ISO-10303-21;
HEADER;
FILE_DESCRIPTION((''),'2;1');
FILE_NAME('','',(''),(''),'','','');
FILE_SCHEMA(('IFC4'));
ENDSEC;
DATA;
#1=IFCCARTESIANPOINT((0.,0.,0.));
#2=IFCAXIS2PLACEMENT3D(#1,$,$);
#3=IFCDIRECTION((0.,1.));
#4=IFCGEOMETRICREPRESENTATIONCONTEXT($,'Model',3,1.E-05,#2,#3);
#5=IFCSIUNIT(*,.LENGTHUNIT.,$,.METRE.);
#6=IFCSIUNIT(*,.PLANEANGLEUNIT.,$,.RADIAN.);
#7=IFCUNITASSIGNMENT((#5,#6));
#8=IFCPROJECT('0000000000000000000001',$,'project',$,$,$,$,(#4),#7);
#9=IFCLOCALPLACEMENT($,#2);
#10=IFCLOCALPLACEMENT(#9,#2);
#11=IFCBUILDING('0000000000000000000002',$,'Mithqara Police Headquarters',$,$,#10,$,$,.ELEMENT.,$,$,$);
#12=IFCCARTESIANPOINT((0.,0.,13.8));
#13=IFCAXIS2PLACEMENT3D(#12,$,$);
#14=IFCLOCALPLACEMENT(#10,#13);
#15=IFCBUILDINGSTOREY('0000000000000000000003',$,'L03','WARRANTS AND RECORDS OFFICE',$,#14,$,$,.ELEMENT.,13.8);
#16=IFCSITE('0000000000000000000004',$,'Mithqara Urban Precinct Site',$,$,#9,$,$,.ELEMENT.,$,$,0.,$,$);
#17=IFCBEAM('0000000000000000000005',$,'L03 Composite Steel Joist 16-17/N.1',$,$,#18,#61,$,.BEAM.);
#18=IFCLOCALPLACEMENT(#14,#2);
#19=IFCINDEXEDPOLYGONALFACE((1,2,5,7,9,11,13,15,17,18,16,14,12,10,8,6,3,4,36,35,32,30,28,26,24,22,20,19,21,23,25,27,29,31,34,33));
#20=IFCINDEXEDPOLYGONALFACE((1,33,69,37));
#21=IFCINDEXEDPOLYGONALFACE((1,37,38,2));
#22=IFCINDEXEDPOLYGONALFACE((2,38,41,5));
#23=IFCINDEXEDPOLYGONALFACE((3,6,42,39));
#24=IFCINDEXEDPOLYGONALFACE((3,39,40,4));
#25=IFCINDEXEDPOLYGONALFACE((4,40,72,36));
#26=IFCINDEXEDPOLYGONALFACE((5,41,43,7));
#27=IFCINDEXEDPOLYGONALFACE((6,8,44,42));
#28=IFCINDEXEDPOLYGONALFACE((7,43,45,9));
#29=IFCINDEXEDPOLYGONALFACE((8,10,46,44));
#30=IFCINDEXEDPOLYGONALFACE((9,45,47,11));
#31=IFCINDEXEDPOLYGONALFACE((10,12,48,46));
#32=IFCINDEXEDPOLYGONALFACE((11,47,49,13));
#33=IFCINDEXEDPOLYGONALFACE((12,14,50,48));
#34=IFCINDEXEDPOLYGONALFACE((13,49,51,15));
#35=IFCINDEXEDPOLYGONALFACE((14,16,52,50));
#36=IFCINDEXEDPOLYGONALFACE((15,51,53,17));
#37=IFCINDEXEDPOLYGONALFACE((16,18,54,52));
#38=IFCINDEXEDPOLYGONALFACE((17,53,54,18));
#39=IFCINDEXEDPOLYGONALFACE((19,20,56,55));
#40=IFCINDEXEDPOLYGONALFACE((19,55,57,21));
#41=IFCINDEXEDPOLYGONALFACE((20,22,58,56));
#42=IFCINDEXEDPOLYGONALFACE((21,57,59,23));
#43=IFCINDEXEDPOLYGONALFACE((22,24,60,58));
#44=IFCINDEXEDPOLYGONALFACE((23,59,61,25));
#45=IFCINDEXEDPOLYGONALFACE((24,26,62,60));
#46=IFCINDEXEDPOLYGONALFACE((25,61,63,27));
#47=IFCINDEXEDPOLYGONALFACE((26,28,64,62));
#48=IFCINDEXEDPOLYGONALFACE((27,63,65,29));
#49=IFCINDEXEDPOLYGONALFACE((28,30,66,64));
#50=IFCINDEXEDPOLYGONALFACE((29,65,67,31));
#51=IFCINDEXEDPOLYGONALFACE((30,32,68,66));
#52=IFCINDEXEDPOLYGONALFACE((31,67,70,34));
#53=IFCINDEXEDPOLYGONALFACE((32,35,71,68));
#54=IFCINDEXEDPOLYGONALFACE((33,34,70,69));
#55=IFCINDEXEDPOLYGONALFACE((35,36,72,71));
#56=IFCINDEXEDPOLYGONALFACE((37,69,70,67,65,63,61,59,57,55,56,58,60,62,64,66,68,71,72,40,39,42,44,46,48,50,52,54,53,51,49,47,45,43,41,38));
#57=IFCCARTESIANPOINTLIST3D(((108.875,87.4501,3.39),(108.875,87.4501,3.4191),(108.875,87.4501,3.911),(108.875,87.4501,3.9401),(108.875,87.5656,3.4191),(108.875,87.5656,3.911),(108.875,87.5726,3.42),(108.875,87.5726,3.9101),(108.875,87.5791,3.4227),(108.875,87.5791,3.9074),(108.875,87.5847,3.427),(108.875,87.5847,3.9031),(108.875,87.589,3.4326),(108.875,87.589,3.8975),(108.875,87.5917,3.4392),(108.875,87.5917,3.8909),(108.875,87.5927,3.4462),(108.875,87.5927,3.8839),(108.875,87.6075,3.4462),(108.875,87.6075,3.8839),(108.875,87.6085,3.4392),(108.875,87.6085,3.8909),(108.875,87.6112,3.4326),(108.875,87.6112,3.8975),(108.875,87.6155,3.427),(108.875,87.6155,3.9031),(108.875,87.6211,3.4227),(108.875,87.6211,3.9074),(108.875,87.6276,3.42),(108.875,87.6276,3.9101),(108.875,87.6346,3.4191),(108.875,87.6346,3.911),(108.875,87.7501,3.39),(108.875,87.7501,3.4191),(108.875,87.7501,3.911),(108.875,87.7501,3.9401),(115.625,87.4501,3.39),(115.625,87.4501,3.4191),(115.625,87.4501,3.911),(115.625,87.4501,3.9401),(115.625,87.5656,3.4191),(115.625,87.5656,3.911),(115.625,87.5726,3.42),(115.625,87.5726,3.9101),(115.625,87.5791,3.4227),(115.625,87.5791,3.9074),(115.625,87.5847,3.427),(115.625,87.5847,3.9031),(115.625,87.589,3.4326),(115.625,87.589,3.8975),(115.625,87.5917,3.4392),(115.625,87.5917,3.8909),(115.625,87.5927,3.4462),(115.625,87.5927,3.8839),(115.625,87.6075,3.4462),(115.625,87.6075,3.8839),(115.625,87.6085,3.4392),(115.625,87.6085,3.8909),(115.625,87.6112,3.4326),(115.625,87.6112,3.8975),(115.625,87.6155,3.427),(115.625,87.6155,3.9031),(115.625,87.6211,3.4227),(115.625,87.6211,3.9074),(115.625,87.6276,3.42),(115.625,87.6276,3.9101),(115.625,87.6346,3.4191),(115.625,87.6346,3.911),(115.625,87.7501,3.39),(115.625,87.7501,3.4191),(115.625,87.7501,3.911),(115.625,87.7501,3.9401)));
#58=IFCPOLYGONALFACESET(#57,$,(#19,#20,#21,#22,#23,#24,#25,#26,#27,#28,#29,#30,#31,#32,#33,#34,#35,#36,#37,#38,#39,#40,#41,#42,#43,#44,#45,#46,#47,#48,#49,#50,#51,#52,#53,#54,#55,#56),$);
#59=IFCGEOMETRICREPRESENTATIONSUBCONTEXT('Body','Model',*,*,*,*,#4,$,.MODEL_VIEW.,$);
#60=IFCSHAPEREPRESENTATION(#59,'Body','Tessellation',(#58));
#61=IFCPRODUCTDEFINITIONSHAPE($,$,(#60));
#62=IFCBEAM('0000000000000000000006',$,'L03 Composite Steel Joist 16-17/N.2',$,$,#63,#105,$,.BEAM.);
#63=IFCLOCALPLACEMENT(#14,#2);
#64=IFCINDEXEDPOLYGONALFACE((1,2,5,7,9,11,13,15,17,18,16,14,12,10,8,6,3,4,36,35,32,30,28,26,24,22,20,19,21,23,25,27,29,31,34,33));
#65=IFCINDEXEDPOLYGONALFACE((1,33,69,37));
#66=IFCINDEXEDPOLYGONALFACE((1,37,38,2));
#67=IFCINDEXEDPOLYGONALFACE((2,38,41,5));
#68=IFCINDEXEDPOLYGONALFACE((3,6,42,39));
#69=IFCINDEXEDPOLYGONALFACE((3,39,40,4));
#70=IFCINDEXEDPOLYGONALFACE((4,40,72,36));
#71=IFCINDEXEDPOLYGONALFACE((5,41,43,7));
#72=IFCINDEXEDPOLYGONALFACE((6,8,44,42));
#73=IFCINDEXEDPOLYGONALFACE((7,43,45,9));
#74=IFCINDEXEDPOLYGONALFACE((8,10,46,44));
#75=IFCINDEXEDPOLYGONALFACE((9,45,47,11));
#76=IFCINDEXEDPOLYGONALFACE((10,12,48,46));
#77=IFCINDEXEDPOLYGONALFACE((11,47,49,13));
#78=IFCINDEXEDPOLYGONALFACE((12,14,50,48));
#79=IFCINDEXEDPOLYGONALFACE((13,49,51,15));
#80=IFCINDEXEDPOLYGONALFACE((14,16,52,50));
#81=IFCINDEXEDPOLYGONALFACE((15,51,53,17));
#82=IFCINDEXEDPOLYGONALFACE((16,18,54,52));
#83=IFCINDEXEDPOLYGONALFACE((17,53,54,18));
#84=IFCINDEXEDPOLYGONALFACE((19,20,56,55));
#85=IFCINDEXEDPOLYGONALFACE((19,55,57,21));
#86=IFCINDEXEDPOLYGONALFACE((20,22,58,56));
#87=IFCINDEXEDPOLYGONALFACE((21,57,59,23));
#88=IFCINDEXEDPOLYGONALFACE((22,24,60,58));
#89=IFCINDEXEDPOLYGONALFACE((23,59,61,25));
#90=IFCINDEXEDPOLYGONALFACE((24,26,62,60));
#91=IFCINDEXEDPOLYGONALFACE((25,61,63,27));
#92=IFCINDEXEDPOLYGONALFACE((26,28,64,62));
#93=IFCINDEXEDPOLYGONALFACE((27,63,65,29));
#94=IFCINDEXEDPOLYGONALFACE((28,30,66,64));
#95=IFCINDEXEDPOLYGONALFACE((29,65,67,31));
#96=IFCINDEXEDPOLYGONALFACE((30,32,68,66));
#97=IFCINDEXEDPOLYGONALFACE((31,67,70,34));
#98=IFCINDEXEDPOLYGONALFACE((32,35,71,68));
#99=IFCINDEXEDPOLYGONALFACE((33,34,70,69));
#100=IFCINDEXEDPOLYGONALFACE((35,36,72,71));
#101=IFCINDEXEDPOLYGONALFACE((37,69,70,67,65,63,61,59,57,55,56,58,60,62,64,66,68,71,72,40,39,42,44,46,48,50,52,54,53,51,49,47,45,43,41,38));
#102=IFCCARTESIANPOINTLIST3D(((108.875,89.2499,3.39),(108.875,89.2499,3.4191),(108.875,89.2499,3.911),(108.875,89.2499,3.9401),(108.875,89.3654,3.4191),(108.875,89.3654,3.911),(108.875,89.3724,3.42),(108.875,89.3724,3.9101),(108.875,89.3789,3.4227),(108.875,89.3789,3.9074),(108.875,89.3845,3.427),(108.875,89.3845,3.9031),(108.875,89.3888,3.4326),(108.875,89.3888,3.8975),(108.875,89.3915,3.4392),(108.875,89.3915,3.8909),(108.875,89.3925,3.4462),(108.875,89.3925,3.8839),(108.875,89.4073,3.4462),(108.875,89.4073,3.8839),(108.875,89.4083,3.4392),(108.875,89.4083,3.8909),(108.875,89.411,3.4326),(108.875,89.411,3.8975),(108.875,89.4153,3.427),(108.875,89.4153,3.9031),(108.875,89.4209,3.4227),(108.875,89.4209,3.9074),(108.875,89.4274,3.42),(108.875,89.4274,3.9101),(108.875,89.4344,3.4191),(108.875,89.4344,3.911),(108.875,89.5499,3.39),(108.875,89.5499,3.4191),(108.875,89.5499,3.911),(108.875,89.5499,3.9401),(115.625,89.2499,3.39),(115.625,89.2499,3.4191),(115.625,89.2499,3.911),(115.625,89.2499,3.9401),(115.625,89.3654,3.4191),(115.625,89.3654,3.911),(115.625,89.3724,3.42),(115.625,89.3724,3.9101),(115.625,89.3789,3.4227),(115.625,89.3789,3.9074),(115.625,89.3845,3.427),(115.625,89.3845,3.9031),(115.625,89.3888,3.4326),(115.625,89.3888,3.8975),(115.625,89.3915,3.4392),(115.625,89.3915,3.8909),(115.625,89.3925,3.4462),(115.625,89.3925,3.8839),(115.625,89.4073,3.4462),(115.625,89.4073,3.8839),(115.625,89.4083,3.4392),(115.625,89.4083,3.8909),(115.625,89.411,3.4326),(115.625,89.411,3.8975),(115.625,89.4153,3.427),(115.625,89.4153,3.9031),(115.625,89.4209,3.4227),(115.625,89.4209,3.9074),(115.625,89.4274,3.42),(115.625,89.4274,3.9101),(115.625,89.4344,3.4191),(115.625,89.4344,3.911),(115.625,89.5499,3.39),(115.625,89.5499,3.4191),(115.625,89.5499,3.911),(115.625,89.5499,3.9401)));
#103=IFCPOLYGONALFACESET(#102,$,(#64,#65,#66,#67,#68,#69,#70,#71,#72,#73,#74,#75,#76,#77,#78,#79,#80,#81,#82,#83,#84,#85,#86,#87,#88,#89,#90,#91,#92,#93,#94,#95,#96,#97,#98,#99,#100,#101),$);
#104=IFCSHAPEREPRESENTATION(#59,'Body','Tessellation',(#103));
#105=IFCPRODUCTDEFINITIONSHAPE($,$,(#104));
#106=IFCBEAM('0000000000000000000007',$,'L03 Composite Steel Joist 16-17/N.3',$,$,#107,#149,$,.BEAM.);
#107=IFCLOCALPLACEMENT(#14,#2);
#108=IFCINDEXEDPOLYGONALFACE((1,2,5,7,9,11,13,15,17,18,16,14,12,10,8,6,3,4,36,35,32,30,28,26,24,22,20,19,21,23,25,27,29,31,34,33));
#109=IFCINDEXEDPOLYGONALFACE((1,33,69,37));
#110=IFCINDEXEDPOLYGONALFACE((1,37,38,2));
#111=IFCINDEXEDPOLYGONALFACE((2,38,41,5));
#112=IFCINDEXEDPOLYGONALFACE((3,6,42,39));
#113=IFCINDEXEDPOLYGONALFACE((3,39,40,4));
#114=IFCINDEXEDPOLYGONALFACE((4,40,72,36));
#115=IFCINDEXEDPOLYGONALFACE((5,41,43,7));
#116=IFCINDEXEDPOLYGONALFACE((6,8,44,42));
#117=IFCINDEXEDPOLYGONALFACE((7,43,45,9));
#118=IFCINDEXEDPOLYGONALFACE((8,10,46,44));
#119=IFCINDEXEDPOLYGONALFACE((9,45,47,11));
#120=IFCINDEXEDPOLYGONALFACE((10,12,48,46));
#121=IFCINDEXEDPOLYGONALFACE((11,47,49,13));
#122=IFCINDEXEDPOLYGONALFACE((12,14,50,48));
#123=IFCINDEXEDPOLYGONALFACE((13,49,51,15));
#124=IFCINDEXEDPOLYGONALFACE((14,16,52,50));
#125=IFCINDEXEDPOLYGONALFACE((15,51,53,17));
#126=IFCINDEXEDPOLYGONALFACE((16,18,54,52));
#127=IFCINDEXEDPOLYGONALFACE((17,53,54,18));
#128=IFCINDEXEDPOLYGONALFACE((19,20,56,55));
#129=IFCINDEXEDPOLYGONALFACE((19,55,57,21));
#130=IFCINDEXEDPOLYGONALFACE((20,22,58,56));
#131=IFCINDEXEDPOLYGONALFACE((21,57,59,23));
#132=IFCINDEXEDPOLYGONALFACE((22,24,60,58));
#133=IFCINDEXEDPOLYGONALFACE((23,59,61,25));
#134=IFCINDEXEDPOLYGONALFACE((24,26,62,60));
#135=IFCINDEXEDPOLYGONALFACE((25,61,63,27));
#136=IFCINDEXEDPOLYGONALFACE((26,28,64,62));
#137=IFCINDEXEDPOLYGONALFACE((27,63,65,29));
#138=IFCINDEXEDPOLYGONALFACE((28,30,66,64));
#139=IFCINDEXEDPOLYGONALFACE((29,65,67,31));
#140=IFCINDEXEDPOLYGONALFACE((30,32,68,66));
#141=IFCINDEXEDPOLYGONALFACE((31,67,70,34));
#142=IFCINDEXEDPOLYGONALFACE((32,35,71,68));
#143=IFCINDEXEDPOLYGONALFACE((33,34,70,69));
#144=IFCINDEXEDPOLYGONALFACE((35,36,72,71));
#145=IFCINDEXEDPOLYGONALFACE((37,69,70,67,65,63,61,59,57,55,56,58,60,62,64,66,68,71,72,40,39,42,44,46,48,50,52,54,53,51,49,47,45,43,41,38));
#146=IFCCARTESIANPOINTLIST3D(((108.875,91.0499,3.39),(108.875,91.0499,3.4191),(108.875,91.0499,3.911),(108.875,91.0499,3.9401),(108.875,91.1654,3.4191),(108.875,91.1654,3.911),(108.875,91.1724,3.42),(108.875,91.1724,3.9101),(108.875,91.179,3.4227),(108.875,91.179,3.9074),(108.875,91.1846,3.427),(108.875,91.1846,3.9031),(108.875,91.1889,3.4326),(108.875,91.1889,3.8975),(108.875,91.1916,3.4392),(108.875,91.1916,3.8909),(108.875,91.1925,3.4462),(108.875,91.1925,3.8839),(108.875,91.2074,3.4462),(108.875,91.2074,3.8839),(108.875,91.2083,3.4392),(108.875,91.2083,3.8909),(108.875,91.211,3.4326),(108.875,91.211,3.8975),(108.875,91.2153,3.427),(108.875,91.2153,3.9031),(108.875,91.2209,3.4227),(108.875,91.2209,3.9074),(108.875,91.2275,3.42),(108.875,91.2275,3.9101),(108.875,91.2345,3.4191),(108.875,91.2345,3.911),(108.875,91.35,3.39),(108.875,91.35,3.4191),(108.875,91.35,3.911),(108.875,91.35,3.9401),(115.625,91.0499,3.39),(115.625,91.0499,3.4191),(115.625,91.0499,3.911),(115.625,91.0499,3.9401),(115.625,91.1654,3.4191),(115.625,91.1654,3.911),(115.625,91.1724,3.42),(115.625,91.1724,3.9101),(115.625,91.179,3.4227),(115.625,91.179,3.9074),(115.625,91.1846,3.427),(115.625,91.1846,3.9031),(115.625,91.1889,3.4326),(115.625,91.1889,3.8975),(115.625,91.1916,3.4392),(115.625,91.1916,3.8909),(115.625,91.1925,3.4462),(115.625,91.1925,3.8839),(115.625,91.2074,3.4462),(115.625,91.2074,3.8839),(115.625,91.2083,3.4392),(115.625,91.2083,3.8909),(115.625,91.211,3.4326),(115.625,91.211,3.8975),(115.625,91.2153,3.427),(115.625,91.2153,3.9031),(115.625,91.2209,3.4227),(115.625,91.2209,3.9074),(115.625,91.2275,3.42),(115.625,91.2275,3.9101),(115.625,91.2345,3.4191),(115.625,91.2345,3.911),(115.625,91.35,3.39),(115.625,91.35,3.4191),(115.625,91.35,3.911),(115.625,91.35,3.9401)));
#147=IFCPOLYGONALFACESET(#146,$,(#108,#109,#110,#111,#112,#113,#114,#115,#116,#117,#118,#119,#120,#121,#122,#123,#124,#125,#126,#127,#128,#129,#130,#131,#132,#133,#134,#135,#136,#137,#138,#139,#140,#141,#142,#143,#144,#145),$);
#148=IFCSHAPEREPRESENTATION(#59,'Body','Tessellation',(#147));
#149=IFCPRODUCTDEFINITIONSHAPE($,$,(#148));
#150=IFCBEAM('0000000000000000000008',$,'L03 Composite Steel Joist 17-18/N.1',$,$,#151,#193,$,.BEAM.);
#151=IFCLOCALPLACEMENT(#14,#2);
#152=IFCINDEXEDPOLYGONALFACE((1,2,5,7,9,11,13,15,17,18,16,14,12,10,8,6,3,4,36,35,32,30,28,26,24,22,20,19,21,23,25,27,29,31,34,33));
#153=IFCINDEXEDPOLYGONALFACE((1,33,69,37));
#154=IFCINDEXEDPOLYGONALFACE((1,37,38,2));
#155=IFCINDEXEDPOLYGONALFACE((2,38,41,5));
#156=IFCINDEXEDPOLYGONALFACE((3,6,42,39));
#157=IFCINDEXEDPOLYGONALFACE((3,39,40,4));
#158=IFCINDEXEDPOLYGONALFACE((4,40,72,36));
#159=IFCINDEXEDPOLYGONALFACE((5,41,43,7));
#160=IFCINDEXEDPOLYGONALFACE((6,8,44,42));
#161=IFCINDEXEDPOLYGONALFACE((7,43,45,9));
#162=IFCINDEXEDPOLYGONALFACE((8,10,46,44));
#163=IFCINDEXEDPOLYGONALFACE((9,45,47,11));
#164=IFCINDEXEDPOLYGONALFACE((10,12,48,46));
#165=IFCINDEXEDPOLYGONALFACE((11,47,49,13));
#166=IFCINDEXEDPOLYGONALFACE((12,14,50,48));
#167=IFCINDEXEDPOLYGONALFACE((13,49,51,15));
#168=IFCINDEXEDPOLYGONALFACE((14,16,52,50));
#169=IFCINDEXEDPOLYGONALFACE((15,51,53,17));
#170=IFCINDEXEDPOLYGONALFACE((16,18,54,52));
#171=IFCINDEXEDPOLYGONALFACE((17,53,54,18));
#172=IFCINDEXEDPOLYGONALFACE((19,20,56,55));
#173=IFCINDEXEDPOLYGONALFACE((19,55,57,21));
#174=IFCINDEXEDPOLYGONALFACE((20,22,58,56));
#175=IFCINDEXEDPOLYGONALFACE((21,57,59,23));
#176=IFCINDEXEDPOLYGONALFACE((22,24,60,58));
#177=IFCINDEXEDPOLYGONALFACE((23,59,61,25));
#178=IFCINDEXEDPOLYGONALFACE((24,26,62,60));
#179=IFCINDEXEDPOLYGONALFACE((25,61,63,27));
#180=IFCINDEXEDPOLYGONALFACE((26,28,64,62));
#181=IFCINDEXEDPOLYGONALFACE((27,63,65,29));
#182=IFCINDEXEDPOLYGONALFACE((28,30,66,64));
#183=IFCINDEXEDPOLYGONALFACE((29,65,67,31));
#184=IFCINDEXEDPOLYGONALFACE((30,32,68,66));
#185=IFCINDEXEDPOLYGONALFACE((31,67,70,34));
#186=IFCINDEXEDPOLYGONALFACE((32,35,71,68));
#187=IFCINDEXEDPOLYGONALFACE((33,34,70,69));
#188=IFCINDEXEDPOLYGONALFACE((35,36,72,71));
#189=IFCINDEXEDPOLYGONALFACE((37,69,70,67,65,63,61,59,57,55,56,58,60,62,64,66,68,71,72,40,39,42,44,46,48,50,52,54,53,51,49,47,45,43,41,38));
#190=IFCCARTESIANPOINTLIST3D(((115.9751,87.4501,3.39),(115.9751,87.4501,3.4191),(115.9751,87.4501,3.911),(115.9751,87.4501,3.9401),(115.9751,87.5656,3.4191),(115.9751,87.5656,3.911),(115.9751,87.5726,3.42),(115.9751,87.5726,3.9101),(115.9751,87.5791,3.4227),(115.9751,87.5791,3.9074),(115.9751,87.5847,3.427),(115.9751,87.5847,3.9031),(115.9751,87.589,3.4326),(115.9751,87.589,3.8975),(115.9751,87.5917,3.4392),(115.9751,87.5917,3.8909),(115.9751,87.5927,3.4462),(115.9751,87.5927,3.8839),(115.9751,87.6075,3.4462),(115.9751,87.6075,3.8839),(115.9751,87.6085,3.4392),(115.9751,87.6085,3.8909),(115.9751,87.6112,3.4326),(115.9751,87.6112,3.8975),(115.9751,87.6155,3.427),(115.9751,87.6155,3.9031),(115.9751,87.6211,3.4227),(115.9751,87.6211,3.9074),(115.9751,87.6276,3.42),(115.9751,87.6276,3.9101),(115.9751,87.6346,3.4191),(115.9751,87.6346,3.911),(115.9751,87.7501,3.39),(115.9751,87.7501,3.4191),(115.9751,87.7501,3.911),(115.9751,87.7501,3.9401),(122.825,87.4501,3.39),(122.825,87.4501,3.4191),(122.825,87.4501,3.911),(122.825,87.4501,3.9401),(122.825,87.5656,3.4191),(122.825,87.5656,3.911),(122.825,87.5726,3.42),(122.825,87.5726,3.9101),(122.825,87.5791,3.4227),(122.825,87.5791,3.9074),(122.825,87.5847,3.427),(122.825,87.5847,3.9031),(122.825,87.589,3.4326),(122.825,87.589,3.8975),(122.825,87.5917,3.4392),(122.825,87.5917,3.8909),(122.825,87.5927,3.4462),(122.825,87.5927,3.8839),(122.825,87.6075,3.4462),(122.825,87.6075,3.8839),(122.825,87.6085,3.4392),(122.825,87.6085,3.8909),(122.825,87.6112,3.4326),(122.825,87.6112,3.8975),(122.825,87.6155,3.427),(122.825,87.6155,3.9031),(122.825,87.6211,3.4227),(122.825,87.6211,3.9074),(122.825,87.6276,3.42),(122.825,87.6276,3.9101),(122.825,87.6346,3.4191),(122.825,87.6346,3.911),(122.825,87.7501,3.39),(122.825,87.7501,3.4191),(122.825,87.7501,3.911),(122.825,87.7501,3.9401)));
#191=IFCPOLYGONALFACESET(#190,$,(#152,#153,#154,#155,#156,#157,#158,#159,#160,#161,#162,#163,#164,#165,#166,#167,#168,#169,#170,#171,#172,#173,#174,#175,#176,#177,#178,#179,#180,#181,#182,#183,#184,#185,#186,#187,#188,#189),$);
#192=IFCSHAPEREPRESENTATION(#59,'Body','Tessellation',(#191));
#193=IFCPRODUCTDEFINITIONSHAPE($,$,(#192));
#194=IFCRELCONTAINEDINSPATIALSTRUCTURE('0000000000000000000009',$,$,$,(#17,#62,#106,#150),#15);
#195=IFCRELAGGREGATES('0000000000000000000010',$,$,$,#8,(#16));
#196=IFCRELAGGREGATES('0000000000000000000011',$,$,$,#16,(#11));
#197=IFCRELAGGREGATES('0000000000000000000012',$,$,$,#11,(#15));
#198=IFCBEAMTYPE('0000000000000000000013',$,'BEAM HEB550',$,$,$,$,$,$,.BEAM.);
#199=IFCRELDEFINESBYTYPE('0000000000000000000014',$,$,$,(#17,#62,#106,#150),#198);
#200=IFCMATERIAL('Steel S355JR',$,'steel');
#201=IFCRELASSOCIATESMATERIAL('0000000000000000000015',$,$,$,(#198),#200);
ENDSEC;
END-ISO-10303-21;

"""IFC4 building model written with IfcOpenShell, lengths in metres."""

from ifc_helpers import new_model, si_unit, direction, frame, origin, origin_2d, place, context, subcontext, project, spatial, i_section, extrude, material, material_profile, profile_set, type_object, element, save


model = new_model("IFC4")

# Units and contexts
model_context = context("Model", 3, precision=1e-05, world=origin(), true_north=direction((0.0, 1.0)))
body_context = subcontext(model_context, "Body", "Model", "MODEL_VIEW")
ifc_project = project(units=[si_unit("LENGTHUNIT", "METRE"), si_unit("PLANEANGLEUNIT", "RADIAN")], contexts=[model_context])

# Site, building, storey
site_placement = place(None, origin())
site = spatial("IfcSite", under=ifc_project, at=site_placement, Name="Mithqara Urban Precinct Site", CompositionType="ELEMENT", RefElevation=0.0)
building_placement = place(site_placement, origin())
building = spatial("IfcBuilding", under=site, at=building_placement, Name="Mithqara Police Headquarters", CompositionType="ELEMENT")
storey_placement = place(building_placement, frame((0.0, 0.0, 13.8)))
storey = spatial("IfcBuildingStorey", under=building, at=storey_placement, Name="L03", Description="WARRANTS AND RECORDS OFFICE", CompositionType="ELEMENT", Elevation=13.8)

# Beams
ifc_material_1 = material(Name="Steel S355JR", Category="steel")
ifc_material_profile_1 = material_profile(ifc_material_1, i_section(OverallWidth=0.3, OverallDepth=0.55, WebThickness=0.0149, FlangeThickness=0.0291, FilletRadius=0.0271, at=origin_2d()), Name="HEB 550")
ifc_profile_set_1 = profile_set([ifc_material_profile_1], Name="Steel S355JR")
beam_type_1 = type_object("IfcBeamType", Name="BEAM HEB550", PredefinedType="BEAM", material=ifc_profile_set_1)
for number, where, z_axis, x_axis, name in (
    (1, (108.875, 87.6001, 3.665), (1.0, 0.0, 0.0), (0.0, 1.0, 0.0), "L03 Composite Steel Joist 16-17/N.1"),
    (2, (108.875, 89.3999, 3.665), (1.0, 0.0, 0.0), (0.0, 1.0, 0.0), "L03 Composite Steel Joist 16-17/N.2"),
    (3, (108.875, 91.2, 3.665), (1.0, 0.0, 0.0), (0.0, 1.0, 0.0), "L03 Composite Steel Joist 16-17/N.3"),
):
    element("IfcBeam", number, at=place(storey_placement, frame(where, z_axis=z_axis, x_axis=x_axis)), inside=storey, type_object=beam_type_1, Name=name, PredefinedType="BEAM", context=body_context, shape_type="SweptSolid", body=[
        extrude(i_section(OverallWidth=0.3, OverallDepth=0.55, WebThickness=0.0149, FlangeThickness=0.0291, FilletRadius=0.0271, at=origin_2d()), origin(), (0.0, 0.0, 1.0), 6.75),
    ])
for number, where, z_axis, x_axis, name in (
    (4, (115.9751, 87.6001, 3.665), (1.0, 0.0, 0.0), (0.0, 1.0, 0.0), "L03 Composite Steel Joist 17-18/N.1"),
):
    element("IfcBeam", number, at=place(storey_placement, frame(where, z_axis=z_axis, x_axis=x_axis)), inside=storey, type_object=beam_type_1, Name=name, PredefinedType="BEAM", context=body_context, shape_type="SweptSolid", body=[
        extrude(i_section(OverallWidth=0.3, OverallDepth=0.55, WebThickness=0.0149, FlangeThickness=0.0291, FilletRadius=0.0271, at=origin_2d()), origin(), (0.0, 0.0, 1.0), 6.8499),
    ])

save(model, "model.ifc")
